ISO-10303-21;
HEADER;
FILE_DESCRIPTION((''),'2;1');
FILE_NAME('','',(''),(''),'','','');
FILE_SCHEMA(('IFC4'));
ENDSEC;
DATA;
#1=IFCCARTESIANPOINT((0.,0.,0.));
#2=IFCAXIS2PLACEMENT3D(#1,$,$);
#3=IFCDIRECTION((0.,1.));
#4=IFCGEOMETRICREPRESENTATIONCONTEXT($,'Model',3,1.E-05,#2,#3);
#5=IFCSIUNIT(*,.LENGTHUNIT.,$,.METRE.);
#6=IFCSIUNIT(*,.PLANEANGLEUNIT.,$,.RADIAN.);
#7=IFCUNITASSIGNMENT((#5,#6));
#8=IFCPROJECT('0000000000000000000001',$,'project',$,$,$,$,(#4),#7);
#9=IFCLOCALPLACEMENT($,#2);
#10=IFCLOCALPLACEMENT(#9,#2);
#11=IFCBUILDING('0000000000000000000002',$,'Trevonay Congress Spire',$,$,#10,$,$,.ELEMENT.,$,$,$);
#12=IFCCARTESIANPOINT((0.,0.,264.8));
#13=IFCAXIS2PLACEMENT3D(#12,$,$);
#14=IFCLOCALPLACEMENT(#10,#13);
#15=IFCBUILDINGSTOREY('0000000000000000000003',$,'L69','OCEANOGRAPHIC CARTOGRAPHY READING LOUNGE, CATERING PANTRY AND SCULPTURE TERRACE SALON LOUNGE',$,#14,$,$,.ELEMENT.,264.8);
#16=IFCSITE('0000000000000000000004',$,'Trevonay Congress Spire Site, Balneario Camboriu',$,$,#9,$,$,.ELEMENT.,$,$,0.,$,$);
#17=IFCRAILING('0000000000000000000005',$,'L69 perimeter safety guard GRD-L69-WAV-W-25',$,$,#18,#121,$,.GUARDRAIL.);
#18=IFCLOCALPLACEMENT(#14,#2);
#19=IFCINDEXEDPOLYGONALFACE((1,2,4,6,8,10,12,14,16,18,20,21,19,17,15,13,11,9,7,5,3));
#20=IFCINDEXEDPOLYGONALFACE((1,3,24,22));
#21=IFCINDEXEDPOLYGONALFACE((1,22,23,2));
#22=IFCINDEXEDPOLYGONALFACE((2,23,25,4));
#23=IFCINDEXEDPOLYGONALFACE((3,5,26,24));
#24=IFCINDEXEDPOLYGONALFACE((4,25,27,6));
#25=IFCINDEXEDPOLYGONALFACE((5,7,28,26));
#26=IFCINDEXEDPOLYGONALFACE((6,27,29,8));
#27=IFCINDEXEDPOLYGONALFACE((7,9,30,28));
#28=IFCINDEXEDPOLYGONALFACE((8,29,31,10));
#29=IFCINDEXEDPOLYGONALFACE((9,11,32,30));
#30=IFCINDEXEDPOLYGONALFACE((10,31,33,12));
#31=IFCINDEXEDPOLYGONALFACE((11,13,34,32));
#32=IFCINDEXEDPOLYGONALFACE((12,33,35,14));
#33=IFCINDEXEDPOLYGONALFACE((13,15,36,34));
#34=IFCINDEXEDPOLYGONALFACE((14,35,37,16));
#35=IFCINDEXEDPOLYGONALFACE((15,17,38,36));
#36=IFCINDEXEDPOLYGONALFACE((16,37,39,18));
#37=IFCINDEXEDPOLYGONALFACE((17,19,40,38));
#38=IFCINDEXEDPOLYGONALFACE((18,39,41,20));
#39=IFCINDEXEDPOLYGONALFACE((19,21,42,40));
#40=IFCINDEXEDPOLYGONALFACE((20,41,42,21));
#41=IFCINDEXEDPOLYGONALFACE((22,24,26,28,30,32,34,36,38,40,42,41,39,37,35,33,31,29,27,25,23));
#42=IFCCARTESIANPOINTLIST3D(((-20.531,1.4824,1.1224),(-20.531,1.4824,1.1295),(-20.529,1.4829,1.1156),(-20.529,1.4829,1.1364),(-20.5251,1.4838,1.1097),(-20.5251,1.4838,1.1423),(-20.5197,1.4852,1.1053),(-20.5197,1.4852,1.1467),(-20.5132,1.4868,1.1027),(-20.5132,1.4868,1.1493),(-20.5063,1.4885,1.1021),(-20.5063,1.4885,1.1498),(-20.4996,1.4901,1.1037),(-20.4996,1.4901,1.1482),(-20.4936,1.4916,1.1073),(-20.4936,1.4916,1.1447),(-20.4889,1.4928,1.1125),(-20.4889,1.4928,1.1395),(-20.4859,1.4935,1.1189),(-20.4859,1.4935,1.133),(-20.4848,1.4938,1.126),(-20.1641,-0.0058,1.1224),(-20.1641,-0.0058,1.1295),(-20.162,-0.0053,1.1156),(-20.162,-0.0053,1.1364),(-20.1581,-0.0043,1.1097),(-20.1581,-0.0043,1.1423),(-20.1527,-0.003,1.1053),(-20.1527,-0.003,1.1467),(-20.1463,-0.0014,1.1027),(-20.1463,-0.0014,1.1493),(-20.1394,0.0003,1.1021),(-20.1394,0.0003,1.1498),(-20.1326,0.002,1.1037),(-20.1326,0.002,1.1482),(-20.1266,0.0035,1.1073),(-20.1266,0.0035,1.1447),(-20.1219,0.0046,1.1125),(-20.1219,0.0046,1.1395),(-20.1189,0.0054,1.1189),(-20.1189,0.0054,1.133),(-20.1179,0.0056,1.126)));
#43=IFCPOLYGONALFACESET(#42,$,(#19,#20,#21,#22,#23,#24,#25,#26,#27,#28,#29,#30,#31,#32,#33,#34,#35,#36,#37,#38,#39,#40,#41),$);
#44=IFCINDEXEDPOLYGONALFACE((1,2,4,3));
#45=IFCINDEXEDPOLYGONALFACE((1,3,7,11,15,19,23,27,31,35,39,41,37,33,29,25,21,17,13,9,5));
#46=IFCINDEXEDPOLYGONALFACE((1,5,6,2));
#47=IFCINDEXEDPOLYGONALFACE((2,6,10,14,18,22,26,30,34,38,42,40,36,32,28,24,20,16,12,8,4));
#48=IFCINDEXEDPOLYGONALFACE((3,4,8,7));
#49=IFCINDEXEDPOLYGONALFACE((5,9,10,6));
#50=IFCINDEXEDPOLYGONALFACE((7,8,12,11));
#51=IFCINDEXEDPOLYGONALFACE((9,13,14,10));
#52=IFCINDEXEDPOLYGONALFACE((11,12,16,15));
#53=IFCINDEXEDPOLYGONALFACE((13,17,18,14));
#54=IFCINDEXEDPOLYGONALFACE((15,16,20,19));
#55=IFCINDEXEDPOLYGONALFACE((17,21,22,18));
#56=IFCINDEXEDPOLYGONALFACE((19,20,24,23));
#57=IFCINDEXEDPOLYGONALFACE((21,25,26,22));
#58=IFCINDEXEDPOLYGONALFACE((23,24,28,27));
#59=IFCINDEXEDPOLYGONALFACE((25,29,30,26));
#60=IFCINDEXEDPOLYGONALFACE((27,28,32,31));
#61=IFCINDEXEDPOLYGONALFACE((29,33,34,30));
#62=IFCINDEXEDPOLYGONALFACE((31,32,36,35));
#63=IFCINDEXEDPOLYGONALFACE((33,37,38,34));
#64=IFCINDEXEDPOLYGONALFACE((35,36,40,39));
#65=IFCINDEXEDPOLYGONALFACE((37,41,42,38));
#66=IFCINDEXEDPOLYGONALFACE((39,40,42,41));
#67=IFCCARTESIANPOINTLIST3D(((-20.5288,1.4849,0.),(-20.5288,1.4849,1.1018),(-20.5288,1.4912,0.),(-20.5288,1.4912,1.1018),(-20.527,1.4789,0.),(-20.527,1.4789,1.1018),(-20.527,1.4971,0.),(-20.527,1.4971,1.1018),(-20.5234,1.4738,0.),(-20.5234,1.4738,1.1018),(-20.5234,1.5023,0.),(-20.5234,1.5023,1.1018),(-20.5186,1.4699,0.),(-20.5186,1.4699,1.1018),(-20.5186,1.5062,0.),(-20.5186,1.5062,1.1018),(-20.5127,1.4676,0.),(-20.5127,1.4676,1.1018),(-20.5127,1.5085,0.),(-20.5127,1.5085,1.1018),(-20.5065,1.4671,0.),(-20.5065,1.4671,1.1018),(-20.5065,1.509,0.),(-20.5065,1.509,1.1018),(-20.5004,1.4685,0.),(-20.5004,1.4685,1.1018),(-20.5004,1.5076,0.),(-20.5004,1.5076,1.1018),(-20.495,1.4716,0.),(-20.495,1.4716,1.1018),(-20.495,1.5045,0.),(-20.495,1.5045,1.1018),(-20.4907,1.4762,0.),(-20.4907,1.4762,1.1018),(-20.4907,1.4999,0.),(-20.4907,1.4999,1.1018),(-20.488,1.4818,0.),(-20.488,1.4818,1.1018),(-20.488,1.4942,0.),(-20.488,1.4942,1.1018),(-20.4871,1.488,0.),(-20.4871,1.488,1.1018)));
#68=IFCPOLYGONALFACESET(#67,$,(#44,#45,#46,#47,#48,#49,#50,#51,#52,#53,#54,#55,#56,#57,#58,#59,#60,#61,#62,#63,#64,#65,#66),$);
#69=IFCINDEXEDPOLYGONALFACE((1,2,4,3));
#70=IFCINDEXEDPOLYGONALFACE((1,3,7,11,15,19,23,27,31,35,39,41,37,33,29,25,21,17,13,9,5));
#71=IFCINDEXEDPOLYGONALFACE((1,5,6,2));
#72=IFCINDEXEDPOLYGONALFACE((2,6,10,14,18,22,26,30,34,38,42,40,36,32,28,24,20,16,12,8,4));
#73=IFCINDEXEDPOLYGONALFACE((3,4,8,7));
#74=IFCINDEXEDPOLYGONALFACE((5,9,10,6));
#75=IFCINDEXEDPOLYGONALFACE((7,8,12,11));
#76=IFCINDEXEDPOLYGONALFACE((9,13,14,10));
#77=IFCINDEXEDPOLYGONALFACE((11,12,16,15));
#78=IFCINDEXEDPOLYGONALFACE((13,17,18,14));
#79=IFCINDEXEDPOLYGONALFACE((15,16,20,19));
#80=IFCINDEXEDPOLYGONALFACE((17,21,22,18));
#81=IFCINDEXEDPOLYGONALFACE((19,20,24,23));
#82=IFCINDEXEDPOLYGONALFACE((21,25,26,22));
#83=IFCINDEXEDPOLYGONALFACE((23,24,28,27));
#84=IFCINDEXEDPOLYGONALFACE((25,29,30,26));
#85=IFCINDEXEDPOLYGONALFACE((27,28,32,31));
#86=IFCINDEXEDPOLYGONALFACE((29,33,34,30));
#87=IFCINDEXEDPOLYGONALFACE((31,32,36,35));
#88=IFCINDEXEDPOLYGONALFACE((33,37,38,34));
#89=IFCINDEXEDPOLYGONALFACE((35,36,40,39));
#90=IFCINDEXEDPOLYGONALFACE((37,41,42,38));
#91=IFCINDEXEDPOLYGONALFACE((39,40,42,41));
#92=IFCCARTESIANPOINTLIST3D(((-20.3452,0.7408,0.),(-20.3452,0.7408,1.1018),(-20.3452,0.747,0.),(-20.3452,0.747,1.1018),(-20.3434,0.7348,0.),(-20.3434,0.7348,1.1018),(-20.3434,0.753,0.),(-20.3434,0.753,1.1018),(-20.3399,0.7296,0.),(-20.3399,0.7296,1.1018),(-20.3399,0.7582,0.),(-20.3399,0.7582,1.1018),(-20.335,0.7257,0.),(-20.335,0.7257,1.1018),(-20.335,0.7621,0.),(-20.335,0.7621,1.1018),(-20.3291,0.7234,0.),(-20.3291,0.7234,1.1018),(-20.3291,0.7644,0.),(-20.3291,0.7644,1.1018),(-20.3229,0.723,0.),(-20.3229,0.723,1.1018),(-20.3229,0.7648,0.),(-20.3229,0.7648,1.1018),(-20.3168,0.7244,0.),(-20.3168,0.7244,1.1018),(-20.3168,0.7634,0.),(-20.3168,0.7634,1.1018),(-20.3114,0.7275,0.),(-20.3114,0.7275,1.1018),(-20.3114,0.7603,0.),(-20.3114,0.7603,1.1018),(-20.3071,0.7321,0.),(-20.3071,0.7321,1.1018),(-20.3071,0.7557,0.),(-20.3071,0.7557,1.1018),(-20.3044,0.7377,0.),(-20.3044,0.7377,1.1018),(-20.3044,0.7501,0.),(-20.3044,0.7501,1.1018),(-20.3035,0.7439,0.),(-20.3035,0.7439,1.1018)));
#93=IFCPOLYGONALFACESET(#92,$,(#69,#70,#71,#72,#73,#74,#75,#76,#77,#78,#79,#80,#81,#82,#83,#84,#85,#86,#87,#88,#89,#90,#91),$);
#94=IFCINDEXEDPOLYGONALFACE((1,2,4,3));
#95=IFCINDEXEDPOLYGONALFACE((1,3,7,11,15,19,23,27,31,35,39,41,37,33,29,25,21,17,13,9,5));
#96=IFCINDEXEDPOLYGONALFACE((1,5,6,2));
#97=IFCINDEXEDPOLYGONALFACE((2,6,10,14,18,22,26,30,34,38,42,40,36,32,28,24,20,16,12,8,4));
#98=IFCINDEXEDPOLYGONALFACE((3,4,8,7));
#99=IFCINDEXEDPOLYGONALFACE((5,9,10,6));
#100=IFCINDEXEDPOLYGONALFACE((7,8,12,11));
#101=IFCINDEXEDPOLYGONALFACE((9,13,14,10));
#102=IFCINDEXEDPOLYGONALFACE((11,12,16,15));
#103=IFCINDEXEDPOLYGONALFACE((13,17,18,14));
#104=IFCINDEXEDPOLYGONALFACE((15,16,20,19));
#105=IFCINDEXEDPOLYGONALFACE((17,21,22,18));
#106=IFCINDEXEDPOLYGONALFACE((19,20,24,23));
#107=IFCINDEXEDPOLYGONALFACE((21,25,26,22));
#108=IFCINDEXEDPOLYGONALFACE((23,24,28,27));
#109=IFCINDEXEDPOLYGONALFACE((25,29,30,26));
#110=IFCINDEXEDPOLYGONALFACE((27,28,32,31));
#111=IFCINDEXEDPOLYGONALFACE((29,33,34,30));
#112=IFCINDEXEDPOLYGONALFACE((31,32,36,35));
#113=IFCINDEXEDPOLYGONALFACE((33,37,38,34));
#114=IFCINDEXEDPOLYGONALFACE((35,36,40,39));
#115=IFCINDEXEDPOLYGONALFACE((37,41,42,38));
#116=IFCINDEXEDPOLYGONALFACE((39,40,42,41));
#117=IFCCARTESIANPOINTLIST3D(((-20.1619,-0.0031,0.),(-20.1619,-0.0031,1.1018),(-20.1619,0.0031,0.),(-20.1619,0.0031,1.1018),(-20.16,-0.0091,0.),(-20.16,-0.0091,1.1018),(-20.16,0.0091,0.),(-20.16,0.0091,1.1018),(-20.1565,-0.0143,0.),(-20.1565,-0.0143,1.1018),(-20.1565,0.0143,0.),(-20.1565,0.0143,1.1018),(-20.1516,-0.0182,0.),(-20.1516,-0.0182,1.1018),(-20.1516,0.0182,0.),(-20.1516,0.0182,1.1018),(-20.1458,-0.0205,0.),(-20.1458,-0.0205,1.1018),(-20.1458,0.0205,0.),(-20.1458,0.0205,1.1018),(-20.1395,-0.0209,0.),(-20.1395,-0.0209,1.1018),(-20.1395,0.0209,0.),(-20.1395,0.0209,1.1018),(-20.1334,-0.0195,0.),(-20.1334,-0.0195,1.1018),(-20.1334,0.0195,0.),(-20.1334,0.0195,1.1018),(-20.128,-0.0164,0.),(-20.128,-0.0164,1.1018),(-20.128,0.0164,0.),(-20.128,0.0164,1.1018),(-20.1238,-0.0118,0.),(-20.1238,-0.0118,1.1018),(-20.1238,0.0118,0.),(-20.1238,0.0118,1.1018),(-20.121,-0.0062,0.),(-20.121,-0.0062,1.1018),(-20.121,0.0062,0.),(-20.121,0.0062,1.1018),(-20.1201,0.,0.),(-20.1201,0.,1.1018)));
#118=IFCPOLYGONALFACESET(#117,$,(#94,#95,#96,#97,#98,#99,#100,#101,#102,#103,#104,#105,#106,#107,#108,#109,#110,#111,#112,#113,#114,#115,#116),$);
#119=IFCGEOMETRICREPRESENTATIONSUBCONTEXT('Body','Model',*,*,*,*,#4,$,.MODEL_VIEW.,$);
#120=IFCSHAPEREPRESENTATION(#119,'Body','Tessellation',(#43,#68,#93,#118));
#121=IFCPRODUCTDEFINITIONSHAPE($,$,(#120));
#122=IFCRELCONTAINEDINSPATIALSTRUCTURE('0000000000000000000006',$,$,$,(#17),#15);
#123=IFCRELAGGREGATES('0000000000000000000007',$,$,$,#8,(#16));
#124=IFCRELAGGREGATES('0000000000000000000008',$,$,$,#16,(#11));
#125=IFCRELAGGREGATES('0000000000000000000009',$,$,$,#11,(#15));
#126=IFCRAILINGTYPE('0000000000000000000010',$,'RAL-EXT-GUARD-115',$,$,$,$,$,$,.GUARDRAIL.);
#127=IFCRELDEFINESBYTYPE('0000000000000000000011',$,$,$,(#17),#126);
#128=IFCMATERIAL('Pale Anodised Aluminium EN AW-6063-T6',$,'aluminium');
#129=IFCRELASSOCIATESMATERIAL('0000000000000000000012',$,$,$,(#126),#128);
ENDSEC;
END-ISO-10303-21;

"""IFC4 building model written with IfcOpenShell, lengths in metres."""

from ifc_helpers import new_model, si_unit, direction, frame, origin, origin_2d, place, context, subcontext, project, spatial, circle, extrude, material, type_object, element, save


model = new_model("IFC4")

# Units and contexts
model_context = context("Model", 3, precision=1e-05, world=origin(), true_north=direction((0.0, 1.0)))
body_context = subcontext(model_context, "Body", "Model", "MODEL_VIEW")
ifc_project = project(units=[si_unit("LENGTHUNIT", "METRE"), si_unit("PLANEANGLEUNIT", "RADIAN")], contexts=[model_context])

# Site, building, storey
site_placement = place(None, origin())
site = spatial("IfcSite", under=ifc_project, at=site_placement, Name="Trevonay Congress Spire Site, Balneario Camboriu", CompositionType="ELEMENT", RefElevation=0.0)
building_placement = place(site_placement, origin())
building = spatial("IfcBuilding", under=site, at=building_placement, Name="Trevonay Congress Spire", CompositionType="ELEMENT")
storey_placement = place(building_placement, frame((0.0, 0.0, 264.8)))
storey = spatial("IfcBuildingStorey", under=building, at=storey_placement, Name="L69", Description="OCEANOGRAPHIC CARTOGRAPHY READING LOUNGE, CATERING PANTRY AND SCULPTURE TERRACE SALON LOUNGE", CompositionType="ELEMENT", Elevation=264.8)

# Shared definitions
ifc_material_1 = material(Name="Pale Anodised Aluminium EN AW-6063-T6", Category="aluminium")

# Railing
railing_type = type_object("IfcRailingType", Name="RAL-EXT-GUARD-115", PredefinedType="GUARDRAIL", material=ifc_material_1)
railing_1_placement = place(storey_placement, frame((-20.5081, 1.488, 0.0)))
element("IfcRailing", 1, at=railing_1_placement, inside=storey, type_object=railing_type, Name="L69 perimeter safety guard GRD-L69-WAV-W-25", PredefinedType="GUARDRAIL", context=body_context, shape_type="SweptSolid", body=[
    extrude(circle(Radius=0.0239, at=origin_2d()), frame((0.0, 0.0, 1.126), z_axis=(0.239423, -0.970915, 0.0), x_axis=(0.970915, 0.239423, 0.0)), (0.0, 0.0, 1.0), 1.5327),
    extrude(circle(Radius=0.021, at=origin_2d()), origin(), (0.0, 0.0, 1.0), 1.1018),
    extrude(circle(Radius=0.021, at=origin_2d()), frame((0.1836, -0.7441, 0.0)), (0.0, 0.0, 1.0), 1.1018),
    extrude(circle(Radius=0.021, at=origin_2d()), frame((0.3669, -1.488, 0.0)), (0.0, 0.0, 1.0), 1.1018),
])

save(model, "model.ifc")
